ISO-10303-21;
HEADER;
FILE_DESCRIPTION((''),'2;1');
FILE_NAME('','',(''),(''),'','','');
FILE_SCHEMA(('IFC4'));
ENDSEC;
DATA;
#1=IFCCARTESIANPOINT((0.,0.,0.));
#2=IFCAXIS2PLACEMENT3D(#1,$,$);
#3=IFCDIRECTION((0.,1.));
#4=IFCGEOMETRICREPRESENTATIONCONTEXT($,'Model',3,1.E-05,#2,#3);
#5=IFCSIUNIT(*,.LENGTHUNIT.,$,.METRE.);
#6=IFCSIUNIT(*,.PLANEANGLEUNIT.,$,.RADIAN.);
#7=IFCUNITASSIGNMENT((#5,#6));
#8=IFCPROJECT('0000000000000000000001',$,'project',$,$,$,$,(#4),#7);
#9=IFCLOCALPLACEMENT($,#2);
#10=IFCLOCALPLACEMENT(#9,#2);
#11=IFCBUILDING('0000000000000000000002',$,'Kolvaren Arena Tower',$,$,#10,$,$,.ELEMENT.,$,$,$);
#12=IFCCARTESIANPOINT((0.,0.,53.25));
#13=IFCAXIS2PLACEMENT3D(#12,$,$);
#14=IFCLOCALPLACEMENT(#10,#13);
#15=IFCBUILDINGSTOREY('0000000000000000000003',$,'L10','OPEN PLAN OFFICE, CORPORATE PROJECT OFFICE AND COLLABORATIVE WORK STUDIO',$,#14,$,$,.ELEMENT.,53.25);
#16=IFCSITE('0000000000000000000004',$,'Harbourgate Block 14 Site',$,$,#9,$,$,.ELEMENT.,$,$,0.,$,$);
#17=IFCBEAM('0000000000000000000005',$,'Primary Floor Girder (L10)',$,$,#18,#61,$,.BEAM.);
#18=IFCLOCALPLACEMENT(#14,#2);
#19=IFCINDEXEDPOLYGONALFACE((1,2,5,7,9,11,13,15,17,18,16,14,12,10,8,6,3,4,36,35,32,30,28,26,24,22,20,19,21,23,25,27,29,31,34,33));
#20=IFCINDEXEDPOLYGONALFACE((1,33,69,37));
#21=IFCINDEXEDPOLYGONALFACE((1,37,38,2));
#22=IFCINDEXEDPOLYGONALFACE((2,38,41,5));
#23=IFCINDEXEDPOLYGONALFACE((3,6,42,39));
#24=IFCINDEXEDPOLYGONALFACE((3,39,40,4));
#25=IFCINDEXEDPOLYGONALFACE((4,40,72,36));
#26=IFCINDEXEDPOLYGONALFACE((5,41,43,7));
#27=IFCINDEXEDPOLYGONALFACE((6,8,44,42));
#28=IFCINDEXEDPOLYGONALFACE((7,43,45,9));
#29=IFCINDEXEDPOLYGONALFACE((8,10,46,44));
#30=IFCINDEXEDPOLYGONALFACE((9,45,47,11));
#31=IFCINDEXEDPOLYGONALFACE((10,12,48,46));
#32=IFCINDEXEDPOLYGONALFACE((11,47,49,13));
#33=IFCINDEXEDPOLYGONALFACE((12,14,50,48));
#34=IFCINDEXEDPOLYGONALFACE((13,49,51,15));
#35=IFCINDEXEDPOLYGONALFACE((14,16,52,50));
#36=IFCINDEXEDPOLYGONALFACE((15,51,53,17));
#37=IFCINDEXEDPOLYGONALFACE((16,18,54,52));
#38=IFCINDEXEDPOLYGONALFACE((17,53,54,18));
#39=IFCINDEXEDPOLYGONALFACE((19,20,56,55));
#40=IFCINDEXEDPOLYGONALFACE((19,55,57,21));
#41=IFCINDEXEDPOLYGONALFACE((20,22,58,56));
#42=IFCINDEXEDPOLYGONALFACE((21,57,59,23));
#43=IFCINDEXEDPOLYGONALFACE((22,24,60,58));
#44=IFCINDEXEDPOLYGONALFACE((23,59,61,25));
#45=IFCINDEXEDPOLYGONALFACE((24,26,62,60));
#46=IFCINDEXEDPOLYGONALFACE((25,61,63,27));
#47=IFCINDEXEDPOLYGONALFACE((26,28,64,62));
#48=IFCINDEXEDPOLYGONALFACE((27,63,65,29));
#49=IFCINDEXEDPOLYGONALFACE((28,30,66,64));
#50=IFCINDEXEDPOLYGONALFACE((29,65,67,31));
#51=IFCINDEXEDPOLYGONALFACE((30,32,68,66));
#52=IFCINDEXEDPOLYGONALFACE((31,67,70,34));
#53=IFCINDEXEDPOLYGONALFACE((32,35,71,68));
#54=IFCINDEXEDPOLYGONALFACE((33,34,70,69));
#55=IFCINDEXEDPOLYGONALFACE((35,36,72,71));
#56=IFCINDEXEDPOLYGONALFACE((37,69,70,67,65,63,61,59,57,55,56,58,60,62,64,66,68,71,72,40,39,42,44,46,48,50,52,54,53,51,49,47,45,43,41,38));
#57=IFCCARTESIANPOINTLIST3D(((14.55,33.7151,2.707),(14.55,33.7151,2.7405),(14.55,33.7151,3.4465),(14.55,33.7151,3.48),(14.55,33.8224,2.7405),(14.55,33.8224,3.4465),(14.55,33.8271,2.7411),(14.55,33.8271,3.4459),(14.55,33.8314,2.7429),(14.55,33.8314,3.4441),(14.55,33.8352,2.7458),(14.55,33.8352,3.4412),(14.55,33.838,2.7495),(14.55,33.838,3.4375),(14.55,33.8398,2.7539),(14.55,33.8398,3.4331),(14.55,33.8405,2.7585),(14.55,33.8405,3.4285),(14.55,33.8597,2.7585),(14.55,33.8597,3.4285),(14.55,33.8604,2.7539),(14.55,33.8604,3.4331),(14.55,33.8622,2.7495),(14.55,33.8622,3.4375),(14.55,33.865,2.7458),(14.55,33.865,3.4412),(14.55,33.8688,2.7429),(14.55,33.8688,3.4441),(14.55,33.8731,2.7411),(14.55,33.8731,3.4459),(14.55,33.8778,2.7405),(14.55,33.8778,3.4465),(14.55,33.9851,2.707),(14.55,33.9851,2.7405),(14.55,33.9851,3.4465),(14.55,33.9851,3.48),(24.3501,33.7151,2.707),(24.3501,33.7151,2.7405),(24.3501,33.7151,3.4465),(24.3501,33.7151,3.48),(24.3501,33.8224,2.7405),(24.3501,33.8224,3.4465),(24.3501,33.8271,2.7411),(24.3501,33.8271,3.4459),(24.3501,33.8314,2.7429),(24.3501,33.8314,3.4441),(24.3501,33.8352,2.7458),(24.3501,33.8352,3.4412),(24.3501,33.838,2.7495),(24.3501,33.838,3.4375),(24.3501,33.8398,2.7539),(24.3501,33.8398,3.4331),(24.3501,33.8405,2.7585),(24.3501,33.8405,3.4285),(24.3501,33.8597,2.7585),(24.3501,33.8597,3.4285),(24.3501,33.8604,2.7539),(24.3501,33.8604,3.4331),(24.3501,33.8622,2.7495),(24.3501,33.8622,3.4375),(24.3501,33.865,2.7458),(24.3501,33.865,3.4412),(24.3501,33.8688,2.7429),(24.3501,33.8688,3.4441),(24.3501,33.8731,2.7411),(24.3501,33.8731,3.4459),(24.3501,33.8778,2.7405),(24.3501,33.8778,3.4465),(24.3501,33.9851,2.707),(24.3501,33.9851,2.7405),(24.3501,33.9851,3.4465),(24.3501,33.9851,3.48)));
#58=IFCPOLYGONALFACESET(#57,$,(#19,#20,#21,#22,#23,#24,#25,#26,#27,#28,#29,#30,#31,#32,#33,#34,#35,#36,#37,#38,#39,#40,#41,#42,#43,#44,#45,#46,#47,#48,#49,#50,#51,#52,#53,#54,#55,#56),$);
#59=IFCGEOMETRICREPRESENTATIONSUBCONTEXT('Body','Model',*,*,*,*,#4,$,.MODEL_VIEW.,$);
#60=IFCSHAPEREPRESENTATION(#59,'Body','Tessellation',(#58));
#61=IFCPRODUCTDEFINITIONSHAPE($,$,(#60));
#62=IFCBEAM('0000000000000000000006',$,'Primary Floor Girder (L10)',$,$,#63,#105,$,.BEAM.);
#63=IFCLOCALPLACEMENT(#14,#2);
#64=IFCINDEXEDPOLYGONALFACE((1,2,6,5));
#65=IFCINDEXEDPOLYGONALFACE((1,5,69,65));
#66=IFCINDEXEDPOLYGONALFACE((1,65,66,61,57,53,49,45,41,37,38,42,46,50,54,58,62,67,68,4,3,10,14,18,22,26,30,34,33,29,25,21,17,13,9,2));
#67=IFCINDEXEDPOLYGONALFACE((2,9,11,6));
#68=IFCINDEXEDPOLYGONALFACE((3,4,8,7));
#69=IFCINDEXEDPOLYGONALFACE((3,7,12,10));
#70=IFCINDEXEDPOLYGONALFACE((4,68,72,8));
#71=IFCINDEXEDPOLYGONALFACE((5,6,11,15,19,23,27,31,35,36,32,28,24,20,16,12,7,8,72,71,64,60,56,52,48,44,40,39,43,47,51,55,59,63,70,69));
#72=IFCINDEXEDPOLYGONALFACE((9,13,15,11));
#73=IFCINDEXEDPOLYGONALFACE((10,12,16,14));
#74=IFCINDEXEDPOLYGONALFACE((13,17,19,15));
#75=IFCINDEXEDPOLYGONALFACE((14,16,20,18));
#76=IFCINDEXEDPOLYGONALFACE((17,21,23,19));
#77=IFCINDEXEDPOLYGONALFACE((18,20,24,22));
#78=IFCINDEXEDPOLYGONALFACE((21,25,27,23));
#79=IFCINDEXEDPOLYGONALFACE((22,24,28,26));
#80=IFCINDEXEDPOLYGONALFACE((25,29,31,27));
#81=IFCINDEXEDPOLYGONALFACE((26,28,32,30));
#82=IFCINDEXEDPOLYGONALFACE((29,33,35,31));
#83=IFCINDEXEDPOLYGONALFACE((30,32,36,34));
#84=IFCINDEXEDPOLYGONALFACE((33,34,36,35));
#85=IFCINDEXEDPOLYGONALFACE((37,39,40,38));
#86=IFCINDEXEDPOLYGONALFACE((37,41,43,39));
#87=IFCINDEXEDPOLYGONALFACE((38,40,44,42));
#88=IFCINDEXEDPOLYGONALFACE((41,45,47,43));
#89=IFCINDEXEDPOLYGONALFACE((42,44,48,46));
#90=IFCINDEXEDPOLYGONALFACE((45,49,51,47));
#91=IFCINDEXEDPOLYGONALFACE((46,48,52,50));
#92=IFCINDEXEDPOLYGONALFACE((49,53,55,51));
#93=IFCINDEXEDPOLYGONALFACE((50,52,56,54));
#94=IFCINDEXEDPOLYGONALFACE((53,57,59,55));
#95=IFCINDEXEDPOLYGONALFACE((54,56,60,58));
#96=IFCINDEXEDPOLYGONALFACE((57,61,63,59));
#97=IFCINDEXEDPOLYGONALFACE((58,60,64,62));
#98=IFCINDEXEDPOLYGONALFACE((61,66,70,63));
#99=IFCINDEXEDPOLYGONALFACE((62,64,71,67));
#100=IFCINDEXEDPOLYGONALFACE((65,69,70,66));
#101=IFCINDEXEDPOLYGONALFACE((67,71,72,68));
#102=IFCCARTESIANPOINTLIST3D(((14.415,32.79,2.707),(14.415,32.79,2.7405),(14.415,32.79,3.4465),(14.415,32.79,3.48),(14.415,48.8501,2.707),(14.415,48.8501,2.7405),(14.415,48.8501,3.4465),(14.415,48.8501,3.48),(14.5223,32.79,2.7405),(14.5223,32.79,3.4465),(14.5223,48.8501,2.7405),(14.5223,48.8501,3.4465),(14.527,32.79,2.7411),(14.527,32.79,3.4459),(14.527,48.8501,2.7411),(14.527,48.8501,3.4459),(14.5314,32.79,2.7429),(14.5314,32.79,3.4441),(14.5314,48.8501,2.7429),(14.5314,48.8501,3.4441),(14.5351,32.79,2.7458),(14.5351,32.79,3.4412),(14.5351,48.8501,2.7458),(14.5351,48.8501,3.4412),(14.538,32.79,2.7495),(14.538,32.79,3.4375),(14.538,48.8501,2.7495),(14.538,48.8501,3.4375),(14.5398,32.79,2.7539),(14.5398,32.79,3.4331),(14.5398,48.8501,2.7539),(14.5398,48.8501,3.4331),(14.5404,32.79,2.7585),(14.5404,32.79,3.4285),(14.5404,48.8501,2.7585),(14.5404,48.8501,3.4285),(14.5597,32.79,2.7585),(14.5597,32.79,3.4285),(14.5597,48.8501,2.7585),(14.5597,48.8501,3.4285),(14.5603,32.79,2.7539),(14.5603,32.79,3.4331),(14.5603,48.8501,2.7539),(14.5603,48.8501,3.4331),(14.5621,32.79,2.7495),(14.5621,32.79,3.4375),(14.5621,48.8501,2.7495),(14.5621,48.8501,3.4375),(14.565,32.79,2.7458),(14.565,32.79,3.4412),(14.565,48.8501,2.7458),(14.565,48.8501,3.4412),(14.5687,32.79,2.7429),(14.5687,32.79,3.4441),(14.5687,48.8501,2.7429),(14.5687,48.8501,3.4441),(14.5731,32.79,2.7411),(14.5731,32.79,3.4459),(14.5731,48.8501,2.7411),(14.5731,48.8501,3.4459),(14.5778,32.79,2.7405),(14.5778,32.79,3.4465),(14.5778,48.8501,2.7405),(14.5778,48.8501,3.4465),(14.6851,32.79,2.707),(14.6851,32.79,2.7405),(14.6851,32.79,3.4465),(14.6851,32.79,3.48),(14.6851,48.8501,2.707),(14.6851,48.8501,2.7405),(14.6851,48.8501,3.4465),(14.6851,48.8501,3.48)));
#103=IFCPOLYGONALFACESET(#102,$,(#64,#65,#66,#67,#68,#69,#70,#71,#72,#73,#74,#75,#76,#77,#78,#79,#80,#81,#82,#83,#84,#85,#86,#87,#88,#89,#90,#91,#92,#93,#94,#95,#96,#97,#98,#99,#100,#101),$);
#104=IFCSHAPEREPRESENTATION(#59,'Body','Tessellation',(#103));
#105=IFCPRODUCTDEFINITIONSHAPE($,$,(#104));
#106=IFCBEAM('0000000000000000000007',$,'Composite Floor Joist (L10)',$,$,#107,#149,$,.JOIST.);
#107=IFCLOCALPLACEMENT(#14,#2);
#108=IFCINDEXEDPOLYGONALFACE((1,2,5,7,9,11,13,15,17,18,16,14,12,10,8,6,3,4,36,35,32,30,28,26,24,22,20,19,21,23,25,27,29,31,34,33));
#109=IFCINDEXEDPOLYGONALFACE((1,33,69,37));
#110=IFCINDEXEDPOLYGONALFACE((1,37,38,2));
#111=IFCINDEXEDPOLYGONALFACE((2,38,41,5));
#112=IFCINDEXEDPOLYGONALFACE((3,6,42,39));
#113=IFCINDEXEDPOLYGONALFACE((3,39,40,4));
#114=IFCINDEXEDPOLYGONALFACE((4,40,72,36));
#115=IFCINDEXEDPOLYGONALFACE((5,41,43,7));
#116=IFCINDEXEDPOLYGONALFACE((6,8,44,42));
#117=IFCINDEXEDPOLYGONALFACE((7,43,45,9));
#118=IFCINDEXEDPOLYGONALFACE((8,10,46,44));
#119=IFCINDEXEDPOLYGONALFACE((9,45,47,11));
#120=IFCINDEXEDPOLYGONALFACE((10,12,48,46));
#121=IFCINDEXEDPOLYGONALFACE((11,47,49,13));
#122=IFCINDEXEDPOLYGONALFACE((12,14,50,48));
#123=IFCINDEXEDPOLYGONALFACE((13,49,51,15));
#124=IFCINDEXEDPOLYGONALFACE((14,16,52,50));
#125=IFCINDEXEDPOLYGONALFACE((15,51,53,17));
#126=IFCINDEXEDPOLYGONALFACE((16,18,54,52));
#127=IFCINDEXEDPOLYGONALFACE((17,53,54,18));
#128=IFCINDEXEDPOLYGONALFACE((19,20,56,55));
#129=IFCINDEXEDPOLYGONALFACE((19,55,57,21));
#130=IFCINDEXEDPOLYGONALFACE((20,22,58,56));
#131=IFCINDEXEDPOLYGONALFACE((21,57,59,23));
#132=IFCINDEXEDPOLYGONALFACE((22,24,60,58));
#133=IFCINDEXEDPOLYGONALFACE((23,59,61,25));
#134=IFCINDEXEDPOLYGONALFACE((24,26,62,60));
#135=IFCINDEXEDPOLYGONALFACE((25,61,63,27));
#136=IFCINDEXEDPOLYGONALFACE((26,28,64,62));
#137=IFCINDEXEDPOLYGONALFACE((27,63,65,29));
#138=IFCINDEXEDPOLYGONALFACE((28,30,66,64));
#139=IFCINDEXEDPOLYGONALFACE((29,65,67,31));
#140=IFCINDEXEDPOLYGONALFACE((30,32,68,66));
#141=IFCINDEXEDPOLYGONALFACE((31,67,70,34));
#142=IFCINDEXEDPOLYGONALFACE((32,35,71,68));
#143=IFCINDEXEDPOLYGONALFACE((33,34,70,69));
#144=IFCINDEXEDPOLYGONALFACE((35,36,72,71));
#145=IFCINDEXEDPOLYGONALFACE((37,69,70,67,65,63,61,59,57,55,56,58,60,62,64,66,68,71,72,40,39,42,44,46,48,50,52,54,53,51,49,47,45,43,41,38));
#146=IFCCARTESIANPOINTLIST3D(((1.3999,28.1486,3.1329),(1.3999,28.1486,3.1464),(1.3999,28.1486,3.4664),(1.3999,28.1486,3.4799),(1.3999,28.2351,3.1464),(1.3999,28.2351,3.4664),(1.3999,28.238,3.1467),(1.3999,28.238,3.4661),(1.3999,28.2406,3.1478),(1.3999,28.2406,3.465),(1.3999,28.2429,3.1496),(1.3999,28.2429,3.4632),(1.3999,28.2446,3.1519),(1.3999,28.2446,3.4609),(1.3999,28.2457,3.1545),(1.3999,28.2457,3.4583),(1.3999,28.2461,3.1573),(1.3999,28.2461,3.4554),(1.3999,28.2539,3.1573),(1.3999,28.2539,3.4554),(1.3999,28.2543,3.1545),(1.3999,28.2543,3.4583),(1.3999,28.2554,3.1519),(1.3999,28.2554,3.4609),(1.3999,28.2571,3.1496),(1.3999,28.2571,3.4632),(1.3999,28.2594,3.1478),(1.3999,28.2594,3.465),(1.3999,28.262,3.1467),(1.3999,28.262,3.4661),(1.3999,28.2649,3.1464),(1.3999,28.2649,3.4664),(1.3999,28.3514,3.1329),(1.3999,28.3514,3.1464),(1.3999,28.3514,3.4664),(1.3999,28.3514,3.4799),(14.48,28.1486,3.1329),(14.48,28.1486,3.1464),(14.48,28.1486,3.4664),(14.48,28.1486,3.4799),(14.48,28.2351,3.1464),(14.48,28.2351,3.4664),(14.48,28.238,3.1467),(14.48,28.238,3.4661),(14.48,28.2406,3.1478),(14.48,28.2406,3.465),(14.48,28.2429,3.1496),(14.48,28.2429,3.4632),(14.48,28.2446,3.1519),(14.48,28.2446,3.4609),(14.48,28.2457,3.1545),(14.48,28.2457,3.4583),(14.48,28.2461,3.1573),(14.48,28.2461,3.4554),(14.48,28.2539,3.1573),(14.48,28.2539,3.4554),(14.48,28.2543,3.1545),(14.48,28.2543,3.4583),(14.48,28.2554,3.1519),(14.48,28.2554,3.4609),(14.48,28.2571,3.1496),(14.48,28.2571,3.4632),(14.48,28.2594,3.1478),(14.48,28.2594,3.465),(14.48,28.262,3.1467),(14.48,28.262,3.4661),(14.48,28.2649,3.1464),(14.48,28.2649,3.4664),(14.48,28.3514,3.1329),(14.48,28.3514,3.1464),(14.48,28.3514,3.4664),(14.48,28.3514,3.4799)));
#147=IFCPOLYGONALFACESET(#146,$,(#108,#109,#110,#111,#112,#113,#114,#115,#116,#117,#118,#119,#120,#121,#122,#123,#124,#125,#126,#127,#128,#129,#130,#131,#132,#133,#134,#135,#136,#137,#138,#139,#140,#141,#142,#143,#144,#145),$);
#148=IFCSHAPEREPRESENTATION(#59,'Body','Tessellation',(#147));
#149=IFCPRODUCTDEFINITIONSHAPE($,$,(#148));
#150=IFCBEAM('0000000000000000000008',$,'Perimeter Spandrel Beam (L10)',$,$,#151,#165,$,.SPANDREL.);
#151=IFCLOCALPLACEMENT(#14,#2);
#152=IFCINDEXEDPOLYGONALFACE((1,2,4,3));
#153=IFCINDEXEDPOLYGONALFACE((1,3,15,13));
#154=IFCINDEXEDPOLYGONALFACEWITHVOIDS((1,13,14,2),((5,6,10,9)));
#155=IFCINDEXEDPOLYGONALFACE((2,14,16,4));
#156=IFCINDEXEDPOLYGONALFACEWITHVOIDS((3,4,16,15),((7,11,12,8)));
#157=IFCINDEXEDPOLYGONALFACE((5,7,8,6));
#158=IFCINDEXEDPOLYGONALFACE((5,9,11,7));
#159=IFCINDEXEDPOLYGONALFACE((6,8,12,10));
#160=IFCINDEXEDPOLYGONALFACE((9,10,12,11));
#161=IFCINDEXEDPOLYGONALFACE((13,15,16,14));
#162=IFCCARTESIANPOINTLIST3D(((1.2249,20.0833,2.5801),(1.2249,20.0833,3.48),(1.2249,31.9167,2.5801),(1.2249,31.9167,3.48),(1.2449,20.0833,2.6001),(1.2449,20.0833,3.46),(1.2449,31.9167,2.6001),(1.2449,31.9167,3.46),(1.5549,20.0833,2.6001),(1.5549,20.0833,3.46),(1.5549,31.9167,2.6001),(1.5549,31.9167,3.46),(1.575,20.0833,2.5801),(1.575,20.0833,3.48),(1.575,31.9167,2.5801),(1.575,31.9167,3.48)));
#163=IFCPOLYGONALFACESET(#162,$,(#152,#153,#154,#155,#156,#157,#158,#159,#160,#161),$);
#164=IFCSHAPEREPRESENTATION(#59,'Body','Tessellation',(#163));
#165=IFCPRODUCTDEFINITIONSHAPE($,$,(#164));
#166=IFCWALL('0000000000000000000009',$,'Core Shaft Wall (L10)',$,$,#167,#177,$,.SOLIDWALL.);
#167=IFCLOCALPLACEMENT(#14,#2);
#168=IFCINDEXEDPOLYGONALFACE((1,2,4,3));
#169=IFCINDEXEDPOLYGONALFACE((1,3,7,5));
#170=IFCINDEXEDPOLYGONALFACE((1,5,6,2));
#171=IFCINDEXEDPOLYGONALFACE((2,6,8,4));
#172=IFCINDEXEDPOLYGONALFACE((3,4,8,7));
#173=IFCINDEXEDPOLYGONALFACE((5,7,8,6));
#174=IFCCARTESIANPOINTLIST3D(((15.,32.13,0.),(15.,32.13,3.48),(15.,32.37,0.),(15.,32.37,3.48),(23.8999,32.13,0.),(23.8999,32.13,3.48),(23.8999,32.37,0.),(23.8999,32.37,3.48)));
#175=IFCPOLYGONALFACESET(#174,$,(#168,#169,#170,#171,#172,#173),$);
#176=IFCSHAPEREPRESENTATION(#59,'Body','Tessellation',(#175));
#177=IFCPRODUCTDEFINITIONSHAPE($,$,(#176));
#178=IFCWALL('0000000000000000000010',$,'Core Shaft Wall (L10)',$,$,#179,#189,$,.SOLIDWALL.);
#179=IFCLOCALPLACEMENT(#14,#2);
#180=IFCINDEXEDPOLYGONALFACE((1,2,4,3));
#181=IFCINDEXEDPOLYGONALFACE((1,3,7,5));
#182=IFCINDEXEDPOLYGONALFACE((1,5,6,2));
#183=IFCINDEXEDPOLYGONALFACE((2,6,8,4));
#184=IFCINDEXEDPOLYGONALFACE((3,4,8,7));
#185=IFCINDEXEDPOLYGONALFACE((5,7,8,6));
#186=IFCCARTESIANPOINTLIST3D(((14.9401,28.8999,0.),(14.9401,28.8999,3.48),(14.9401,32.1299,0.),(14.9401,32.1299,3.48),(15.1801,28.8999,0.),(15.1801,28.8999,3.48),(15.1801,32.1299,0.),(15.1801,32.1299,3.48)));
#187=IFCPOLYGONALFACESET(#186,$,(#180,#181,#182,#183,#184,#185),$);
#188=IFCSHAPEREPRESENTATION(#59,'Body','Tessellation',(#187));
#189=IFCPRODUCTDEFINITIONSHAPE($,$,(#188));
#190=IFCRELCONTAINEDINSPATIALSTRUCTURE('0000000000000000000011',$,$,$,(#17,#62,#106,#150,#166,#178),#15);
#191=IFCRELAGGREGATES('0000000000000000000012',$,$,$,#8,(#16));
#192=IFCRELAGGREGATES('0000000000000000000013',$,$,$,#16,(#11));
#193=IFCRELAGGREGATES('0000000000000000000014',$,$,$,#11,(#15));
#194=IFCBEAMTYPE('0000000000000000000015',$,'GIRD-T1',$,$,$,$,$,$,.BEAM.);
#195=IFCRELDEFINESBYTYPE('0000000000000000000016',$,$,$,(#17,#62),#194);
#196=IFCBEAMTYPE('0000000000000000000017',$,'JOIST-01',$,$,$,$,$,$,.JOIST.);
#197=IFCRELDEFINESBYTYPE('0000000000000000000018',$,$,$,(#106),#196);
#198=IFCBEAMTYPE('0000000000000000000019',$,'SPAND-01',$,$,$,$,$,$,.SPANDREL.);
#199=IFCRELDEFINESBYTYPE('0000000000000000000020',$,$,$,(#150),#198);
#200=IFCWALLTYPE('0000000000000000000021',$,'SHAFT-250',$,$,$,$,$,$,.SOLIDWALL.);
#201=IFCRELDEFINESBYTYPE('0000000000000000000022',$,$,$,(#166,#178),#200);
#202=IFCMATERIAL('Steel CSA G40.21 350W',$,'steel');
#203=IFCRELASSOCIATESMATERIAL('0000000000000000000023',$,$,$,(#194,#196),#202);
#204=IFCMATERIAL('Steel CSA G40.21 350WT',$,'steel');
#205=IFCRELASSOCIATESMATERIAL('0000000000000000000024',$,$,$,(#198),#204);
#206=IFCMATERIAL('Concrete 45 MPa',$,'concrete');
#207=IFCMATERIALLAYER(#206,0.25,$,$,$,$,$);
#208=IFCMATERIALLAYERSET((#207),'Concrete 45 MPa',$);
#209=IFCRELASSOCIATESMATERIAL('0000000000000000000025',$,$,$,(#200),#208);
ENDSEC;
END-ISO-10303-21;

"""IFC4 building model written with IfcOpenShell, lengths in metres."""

from ifc_helpers import new_model, si_unit, direction, frame, frame_2d, origin, origin_2d, place, context, subcontext, project, spatial, rectangle, hollow_rectangle, i_section, extrude, material, layer, layer_set, material_profile, profile_set, type_object, element, save


model = new_model("IFC4")

# Units and contexts
model_context = context("Model", 3, precision=1e-05, world=origin(), true_north=direction((0.0, 1.0)))
body_context = subcontext(model_context, "Body", "Model", "MODEL_VIEW")
ifc_project = project(units=[si_unit("LENGTHUNIT", "METRE"), si_unit("PLANEANGLEUNIT", "RADIAN")], contexts=[model_context])

# Site, building, storey
site_placement = place(None, origin())
site = spatial("IfcSite", under=ifc_project, at=site_placement, Name="Harbourgate Block 14 Site", CompositionType="ELEMENT", RefElevation=0.0)
building_placement = place(site_placement, origin())
building = spatial("IfcBuilding", under=site, at=building_placement, Name="Kolvaren Arena Tower", CompositionType="ELEMENT")
storey_placement = place(building_placement, frame((0.0, 0.0, 53.25)))
storey = spatial("IfcBuildingStorey", under=building, at=storey_placement, Name="L10", Description="OPEN PLAN OFFICE, CORPORATE PROJECT OFFICE AND COLLABORATIVE WORK STUDIO", CompositionType="ELEMENT", Elevation=53.25)

# Beams
ifc_material_1 = material(Name="Steel CSA G40.21 350W", Category="steel")
ifc_material_profile_1 = material_profile(ifc_material_1, i_section(OverallWidth=0.27, OverallDepth=0.7729, WebThickness=0.0193, FlangeThickness=0.0334, FilletRadius=0.0181, at=origin_2d()), Name="W760x257")
ifc_profile_set_1 = profile_set([ifc_material_profile_1], Name="Steel CSA G40.21 350W")
beam_type_1 = type_object("IfcBeamType", Name="GIRD-T1", PredefinedType="BEAM", material=ifc_profile_set_1)
beam_1_placement = place(storey_placement, frame((14.55, 33.8501, 3.0935), z_axis=(1.0, 0.0, 0.0), x_axis=(0.0, 1.0, 0.0)))
element("IfcBeam", 1, at=beam_1_placement, inside=storey, type_object=beam_type_1, Name="Primary Floor Girder (L10)", PredefinedType="BEAM", context=body_context, shape_type="SweptSolid", body=[
    extrude(i_section(OverallWidth=0.27, OverallDepth=0.7729, WebThickness=0.0193, FlangeThickness=0.0334, FilletRadius=0.0181, at=origin_2d()), origin(), (0.0, 0.0, 1.0), 9.8),
])
beam_2_placement = place(storey_placement, frame((14.55, 32.79, 3.0935), z_axis=(0.0, 1.0, 0.0), x_axis=(-1.0, 0.0, 0.0)))
element("IfcBeam", 2, at=beam_2_placement, inside=storey, type_object=beam_type_1, Name="Primary Floor Girder (L10)", PredefinedType="BEAM", context=body_context, shape_type="SweptSolid", body=[
    extrude(i_section(OverallWidth=0.27, OverallDepth=0.7729, WebThickness=0.0193, FlangeThickness=0.0334, FilletRadius=0.0181, at=origin_2d()), origin(), (0.0, 0.0, 1.0), 16.0601),
])
ifc_material_profile_2 = material_profile(ifc_material_1, i_section(OverallWidth=0.2029, OverallDepth=0.3469, WebThickness=0.0078, FlangeThickness=0.0134, FilletRadius=0.011, at=origin_2d()), Name="W360x64")
ifc_profile_set_2 = profile_set([ifc_material_profile_2], Name="Steel CSA G40.21 350W")
beam_type_2 = type_object("IfcBeamType", Name="JOIST-01", PredefinedType="JOIST", material=ifc_profile_set_2)
beam_3_placement = place(storey_placement, frame((1.3999, 28.25, 3.3064), z_axis=(1.0, 0.0, 0.0), x_axis=(0.0, 1.0, 0.0)))
element("IfcBeam", 3, at=beam_3_placement, inside=storey, type_object=beam_type_2, Name="Composite Floor Joist (L10)", PredefinedType="JOIST", context=body_context, shape_type="SweptSolid", body=[
    extrude(i_section(OverallWidth=0.2029, OverallDepth=0.3469, WebThickness=0.0078, FlangeThickness=0.0134, FilletRadius=0.011, at=origin_2d()), origin(), (0.0, 0.0, 1.0), 13.0801),
])
ifc_material_2 = material(Name="Steel CSA G40.21 350WT", Category="steel")
ifc_material_profile_3 = material_profile(ifc_material_2, hollow_rectangle(XDim=0.3501, YDim=0.8999, WallThickness=0.02, at=origin_2d()), Name="HSS 900x350x20")
ifc_profile_set_3 = profile_set([ifc_material_profile_3], Name="Steel CSA G40.21 350WT")
beam_type_3 = type_object("IfcBeamType", Name="SPAND-01", PredefinedType="SPANDREL", material=ifc_profile_set_3)
beam_4_placement = place(storey_placement, frame((1.3999, 31.9167, 3.03), z_axis=(0.0, -1.0, 0.0), x_axis=(1.0, 0.0, 0.0)))
element("IfcBeam", 4, at=beam_4_placement, inside=storey, type_object=beam_type_3, Name="Perimeter Spandrel Beam (L10)", PredefinedType="SPANDREL", context=body_context, shape_type="SweptSolid", body=[
    extrude(hollow_rectangle(XDim=0.3501, YDim=0.8999, WallThickness=0.02, at=origin_2d()), origin(), (0.0, 0.0, 1.0), 11.8335),
])

# Walls
ifc_material_3 = material(Name="Concrete 45 MPa", Category="concrete")
ifc_layer = layer(ifc_material_3, 0.25)
ifc_layer_set = layer_set([ifc_layer], Name="Concrete 45 MPa")
wall_type = type_object("IfcWallType", Name="SHAFT-250", PredefinedType="SOLIDWALL", material=ifc_layer_set)
wall_1_placement = place(storey_placement, frame((15.0, 32.25, 0.0), z_axis=(0.0, 0.0, 1.0), x_axis=(1.0, 0.0, 0.0)))
element("IfcWall", 5, at=wall_1_placement, inside=storey, type_object=wall_type, Name="Core Shaft Wall (L10)", PredefinedType="SOLIDWALL", context=body_context, shape_type="SweptSolid", body=[
    extrude(rectangle(XDim=8.8999, YDim=0.24, at=frame_2d((4.45, 0.0))), origin(), (0.0, 0.0, 1.0), 3.48),
])
wall_2_placement = place(storey_placement, frame((15.0601, 28.8999, 0.0), z_axis=(0.0, 0.0, 1.0), x_axis=(0.0, 1.0, 0.0)))
element("IfcWall", 6, at=wall_2_placement, inside=storey, type_object=wall_type, Name="Core Shaft Wall (L10)", PredefinedType="SOLIDWALL", context=body_context, shape_type="SweptSolid", body=[
    extrude(rectangle(XDim=3.23, YDim=0.24, at=frame_2d((1.615, 0.0))), origin(), (0.0, 0.0, 1.0), 3.48),
])

save(model, "model.ifc")
